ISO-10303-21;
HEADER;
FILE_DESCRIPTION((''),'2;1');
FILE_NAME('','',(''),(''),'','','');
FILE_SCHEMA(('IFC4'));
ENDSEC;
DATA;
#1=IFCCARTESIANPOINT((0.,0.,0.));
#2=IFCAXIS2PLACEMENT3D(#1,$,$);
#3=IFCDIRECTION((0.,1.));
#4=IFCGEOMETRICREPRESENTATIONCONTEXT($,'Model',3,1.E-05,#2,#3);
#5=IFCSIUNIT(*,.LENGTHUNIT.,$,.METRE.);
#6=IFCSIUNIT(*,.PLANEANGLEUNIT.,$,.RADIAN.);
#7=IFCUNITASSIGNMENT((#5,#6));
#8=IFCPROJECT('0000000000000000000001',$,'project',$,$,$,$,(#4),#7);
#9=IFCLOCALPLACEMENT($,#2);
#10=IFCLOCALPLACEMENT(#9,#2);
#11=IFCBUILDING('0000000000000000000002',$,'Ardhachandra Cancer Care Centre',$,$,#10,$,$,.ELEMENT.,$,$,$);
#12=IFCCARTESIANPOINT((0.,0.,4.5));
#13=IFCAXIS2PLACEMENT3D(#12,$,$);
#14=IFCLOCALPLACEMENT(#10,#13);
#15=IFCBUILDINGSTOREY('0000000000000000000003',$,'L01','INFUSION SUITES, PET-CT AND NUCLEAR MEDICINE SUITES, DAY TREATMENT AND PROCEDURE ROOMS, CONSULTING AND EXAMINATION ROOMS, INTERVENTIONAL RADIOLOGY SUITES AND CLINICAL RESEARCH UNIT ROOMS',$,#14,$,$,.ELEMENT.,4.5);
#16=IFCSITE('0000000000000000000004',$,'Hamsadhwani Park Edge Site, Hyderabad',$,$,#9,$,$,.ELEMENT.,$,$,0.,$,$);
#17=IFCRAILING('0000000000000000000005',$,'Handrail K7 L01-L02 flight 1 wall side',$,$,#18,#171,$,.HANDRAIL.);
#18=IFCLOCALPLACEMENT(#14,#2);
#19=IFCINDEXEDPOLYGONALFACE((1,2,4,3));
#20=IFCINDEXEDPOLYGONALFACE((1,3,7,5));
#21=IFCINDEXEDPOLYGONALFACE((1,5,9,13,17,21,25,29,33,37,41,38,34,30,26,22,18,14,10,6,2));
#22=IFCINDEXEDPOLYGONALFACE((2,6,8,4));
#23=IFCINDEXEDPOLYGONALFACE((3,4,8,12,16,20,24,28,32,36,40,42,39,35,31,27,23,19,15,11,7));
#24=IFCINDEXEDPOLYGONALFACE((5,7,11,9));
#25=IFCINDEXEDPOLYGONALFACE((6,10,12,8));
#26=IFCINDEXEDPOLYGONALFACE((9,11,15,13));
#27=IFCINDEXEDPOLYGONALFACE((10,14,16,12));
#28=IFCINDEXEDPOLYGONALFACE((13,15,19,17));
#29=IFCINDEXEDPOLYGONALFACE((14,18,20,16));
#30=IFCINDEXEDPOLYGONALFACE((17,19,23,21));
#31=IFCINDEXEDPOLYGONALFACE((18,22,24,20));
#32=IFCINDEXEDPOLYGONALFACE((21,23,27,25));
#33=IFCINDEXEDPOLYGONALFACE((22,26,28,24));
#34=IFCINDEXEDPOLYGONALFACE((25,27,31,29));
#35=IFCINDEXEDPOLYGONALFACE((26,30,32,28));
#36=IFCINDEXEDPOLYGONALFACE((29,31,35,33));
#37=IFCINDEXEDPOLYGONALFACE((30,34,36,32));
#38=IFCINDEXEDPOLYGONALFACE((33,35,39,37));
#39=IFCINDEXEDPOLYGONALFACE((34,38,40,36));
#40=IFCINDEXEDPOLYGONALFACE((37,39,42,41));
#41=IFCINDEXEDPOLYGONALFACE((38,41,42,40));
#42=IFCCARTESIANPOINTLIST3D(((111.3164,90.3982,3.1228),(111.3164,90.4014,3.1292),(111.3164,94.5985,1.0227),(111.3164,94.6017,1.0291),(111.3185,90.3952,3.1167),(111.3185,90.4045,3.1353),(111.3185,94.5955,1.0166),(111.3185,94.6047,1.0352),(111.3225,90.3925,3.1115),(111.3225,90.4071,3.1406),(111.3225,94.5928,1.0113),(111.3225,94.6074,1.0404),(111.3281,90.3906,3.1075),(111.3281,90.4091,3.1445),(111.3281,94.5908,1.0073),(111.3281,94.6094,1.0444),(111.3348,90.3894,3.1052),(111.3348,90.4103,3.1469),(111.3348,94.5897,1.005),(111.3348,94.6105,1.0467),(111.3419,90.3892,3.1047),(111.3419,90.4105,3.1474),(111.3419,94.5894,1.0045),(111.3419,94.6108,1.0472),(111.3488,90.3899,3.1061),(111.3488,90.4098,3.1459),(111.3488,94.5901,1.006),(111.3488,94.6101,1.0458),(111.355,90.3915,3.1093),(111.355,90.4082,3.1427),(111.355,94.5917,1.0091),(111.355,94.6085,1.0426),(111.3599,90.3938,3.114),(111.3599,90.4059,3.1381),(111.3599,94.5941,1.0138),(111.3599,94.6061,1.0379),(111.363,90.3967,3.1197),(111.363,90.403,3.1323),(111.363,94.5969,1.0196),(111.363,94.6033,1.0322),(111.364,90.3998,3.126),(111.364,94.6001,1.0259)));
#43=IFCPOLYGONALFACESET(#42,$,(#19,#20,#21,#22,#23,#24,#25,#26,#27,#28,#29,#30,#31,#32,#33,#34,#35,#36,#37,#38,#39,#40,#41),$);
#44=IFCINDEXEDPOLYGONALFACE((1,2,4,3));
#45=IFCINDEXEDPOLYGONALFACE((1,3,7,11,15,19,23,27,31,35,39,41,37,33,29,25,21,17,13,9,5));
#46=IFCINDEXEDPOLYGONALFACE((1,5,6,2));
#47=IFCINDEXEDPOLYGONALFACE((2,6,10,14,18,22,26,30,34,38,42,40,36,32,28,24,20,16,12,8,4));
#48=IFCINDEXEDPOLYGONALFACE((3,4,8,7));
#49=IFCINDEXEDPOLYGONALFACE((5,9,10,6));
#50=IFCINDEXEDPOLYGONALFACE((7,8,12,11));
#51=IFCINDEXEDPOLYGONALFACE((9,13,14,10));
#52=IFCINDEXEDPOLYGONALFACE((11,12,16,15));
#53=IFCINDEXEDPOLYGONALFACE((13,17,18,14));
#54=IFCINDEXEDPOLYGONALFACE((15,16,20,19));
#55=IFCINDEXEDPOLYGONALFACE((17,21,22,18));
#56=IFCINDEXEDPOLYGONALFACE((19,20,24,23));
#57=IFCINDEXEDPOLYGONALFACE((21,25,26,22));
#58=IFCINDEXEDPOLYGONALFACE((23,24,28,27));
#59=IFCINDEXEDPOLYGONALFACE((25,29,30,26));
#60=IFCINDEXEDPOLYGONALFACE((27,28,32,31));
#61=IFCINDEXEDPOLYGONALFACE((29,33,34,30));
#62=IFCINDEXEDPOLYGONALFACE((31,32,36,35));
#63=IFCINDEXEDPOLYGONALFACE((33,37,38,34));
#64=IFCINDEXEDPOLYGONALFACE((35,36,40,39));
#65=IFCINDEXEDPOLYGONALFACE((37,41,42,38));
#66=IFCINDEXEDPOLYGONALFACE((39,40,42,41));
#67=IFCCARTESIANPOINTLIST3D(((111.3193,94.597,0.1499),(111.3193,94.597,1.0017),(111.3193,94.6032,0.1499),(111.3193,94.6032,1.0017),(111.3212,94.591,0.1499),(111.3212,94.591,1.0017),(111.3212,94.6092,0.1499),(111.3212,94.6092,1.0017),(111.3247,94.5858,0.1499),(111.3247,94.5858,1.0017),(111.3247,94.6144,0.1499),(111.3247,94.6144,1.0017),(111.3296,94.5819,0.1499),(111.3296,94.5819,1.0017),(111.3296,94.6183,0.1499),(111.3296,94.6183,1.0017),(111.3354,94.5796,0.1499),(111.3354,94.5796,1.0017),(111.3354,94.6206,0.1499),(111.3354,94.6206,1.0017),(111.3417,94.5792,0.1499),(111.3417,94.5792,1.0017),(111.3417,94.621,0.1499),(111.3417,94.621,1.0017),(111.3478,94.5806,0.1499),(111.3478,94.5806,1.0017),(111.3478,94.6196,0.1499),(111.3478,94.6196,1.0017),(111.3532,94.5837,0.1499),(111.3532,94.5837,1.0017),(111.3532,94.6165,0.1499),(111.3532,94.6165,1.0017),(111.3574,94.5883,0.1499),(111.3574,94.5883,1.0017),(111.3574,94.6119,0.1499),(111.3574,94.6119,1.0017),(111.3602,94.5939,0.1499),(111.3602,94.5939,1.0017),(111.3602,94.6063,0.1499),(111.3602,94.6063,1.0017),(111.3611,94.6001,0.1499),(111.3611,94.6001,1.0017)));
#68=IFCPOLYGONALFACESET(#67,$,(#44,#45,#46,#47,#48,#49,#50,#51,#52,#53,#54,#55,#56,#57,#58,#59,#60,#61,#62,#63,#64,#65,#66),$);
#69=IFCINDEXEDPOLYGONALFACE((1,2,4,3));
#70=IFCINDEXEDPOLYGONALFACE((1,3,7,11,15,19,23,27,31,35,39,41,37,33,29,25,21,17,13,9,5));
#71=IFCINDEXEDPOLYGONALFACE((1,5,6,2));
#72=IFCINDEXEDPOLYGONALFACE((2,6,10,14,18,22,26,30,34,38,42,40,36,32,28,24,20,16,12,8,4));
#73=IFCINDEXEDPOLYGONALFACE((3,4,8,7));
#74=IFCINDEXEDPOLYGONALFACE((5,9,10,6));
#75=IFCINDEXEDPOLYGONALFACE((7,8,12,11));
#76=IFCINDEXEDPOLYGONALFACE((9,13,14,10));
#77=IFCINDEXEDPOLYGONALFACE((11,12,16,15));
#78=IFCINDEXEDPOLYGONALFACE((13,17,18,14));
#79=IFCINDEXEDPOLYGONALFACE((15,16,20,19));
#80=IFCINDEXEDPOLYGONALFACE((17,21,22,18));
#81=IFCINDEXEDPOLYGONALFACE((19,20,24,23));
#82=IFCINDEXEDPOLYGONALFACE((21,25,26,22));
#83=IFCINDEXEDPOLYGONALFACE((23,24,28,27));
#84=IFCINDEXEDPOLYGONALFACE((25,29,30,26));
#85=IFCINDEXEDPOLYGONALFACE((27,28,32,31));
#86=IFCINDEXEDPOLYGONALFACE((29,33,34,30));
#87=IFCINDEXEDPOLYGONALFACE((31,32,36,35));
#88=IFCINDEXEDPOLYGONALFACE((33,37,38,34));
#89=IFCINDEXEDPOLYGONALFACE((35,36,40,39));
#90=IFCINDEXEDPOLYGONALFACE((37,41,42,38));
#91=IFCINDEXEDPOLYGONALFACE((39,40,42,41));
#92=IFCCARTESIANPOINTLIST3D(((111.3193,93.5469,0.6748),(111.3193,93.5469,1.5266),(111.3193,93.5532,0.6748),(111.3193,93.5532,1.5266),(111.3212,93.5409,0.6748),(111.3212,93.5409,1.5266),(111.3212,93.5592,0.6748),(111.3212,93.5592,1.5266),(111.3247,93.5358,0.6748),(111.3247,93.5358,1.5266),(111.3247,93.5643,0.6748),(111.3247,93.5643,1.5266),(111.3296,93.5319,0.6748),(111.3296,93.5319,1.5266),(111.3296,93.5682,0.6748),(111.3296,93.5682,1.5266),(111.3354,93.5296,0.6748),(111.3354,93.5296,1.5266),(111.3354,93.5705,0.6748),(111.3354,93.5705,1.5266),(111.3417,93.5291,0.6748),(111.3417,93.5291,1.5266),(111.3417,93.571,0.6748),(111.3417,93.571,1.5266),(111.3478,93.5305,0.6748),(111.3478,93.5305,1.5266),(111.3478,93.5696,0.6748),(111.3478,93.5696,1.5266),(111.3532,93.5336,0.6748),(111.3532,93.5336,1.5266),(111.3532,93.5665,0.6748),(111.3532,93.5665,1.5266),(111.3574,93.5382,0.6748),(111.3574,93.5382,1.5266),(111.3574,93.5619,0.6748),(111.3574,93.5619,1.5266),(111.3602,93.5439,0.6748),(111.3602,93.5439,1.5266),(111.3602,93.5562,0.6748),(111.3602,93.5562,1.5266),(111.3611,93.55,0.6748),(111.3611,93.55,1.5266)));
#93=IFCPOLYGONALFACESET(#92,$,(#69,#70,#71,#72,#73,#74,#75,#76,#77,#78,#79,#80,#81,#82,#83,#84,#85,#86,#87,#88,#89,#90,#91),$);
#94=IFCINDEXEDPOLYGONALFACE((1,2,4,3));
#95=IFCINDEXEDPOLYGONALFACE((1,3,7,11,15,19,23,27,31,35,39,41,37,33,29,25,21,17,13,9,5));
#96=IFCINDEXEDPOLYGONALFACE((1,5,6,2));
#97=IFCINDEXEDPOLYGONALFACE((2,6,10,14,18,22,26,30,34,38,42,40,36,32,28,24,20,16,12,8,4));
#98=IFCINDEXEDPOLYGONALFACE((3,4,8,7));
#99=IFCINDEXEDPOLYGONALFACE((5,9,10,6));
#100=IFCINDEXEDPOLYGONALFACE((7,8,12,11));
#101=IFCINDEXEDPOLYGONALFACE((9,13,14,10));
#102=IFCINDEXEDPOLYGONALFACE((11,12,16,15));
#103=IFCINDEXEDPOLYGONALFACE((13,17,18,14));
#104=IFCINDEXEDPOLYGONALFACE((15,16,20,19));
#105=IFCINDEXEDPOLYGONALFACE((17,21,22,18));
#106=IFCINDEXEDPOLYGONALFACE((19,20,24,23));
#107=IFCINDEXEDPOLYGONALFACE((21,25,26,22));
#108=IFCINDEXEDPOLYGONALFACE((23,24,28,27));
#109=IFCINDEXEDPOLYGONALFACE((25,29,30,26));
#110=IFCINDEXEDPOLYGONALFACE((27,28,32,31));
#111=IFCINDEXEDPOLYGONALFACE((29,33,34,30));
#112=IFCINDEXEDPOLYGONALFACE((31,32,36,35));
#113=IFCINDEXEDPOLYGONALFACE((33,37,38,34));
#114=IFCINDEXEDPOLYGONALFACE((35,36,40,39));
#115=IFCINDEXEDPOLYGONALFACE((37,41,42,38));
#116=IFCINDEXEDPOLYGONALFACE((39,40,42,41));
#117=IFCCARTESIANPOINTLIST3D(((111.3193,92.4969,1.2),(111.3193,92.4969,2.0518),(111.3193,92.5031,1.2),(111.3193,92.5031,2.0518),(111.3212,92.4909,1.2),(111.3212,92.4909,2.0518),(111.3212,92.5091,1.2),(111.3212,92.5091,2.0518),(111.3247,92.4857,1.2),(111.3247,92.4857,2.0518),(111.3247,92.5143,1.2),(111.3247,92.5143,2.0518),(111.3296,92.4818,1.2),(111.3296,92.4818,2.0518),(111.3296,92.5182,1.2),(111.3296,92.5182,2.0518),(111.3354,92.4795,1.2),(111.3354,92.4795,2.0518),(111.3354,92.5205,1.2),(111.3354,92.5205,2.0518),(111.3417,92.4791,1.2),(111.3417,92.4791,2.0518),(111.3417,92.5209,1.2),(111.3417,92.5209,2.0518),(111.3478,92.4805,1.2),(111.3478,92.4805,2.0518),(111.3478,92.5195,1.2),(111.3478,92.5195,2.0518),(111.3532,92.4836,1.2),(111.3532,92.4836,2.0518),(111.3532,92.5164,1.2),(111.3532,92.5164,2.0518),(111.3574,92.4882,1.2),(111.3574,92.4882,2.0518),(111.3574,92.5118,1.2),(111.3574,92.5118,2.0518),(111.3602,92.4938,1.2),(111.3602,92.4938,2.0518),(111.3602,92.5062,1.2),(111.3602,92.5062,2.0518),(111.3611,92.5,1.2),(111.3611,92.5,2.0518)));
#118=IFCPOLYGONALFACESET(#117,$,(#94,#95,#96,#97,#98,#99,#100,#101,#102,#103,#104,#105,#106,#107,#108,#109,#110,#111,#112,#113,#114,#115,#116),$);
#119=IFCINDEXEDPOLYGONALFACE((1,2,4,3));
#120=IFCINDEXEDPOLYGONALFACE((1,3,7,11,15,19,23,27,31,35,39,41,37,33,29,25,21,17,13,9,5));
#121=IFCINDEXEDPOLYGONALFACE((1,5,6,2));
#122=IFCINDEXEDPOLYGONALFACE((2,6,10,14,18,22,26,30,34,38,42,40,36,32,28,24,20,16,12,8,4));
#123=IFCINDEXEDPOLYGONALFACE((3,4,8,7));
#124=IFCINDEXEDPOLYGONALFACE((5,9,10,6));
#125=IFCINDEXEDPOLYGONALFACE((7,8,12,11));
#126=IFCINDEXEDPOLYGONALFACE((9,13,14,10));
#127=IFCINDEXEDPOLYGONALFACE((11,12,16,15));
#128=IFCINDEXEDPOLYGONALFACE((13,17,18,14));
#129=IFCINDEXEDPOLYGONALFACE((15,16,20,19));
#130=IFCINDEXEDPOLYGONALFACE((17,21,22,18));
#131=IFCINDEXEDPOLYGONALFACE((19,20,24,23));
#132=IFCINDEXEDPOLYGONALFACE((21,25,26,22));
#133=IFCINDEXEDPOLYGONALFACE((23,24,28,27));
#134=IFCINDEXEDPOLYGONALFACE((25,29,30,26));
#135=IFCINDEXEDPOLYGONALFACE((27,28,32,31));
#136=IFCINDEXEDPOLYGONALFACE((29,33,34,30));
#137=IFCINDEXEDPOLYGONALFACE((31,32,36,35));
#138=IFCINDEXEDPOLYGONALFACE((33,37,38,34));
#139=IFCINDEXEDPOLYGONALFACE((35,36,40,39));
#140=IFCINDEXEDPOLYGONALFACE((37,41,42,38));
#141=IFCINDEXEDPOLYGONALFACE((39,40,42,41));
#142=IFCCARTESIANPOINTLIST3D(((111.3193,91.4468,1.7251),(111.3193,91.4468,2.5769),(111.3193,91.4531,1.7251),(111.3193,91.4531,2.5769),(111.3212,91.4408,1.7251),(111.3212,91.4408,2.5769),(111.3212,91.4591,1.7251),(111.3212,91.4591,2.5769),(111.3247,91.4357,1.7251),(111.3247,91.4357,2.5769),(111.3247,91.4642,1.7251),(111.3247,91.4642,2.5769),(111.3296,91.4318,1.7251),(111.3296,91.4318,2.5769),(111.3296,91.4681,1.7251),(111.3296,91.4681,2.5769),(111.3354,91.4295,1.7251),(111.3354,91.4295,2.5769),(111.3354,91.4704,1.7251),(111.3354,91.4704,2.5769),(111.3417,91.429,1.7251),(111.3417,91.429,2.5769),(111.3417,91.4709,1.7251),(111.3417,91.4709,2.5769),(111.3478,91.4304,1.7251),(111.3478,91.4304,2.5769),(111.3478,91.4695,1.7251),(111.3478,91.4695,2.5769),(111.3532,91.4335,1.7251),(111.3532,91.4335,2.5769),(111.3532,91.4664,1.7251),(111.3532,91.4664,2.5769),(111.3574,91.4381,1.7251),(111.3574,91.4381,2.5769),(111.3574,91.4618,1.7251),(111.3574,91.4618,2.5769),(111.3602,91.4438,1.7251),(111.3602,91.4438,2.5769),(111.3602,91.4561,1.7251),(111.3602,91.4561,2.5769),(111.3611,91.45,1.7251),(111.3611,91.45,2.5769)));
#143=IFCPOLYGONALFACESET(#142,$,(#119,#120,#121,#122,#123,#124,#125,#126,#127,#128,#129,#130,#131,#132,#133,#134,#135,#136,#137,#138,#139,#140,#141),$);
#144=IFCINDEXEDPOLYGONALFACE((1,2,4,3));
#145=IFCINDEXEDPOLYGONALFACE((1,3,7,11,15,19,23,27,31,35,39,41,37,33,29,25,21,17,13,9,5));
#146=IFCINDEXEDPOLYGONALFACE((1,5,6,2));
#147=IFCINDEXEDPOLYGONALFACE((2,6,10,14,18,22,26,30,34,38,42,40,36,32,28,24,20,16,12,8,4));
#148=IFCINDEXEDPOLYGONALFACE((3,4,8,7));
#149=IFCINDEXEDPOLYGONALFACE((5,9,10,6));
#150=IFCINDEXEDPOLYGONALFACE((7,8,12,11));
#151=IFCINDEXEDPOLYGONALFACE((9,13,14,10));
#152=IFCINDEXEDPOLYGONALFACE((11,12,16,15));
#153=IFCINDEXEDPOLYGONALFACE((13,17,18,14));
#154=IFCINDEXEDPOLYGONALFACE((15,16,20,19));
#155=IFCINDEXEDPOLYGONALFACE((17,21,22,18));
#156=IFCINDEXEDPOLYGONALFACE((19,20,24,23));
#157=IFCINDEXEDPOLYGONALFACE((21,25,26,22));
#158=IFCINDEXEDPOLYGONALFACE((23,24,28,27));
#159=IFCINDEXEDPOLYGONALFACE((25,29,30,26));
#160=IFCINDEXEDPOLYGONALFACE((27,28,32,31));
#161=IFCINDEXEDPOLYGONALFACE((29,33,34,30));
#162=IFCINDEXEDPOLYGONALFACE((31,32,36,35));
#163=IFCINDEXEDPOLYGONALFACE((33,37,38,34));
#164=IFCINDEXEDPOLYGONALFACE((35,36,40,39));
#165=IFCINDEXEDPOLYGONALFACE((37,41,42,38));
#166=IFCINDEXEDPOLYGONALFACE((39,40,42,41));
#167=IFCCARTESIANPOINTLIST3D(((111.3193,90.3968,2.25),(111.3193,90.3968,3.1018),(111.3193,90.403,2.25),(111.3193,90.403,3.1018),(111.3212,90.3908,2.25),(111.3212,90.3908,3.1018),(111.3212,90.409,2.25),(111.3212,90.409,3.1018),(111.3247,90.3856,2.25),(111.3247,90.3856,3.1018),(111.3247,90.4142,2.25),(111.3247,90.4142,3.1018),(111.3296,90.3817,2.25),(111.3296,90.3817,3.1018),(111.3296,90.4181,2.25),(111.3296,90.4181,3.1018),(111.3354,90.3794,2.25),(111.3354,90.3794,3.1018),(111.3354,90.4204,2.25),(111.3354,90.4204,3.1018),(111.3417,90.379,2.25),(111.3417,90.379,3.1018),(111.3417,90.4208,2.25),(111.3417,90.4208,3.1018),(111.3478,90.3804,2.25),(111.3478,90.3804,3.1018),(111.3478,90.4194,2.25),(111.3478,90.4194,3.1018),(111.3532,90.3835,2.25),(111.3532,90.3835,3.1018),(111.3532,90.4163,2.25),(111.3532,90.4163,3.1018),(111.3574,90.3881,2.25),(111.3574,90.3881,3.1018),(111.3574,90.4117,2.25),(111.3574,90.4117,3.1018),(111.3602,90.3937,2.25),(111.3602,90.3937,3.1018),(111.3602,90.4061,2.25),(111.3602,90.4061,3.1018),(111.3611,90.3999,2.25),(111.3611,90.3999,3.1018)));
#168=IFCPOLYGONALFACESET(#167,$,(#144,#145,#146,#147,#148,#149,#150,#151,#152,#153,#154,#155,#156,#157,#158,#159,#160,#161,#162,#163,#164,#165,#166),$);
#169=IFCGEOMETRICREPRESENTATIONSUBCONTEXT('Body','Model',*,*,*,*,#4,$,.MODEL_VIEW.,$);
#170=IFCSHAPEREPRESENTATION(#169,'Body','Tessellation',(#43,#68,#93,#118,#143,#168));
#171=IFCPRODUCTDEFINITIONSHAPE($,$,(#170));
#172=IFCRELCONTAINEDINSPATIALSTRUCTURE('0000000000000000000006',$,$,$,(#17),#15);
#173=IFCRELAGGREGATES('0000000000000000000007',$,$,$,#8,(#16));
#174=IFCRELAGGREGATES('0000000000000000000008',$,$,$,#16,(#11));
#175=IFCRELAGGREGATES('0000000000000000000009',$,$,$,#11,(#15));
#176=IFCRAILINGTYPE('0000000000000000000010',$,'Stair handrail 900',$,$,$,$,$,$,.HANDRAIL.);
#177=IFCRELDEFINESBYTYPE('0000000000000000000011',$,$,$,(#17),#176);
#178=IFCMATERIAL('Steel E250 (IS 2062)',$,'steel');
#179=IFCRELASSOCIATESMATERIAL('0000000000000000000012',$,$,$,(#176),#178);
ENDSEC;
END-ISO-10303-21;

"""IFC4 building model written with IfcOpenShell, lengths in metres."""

from ifc_helpers import new_model, si_unit, direction, frame, origin, origin_2d, place, context, subcontext, project, spatial, circle, extrude, material, type_object, element, save


model = new_model("IFC4")

# Units and contexts
model_context = context("Model", 3, precision=1e-05, world=origin(), true_north=direction((0.0, 1.0)))
body_context = subcontext(model_context, "Body", "Model", "MODEL_VIEW")
ifc_project = project(units=[si_unit("LENGTHUNIT", "METRE"), si_unit("PLANEANGLEUNIT", "RADIAN")], contexts=[model_context])

# Site, building, storey
site_placement = place(None, origin())
site = spatial("IfcSite", under=ifc_project, at=site_placement, Name="Hamsadhwani Park Edge Site, Hyderabad", CompositionType="ELEMENT", RefElevation=0.0)
building_placement = place(site_placement, origin())
building = spatial("IfcBuilding", under=site, at=building_placement, Name="Ardhachandra Cancer Care Centre", CompositionType="ELEMENT")
storey_placement = place(building_placement, frame((0.0, 0.0, 4.5)))
storey = spatial("IfcBuildingStorey", under=building, at=storey_placement, Name="L01", Description="INFUSION SUITES, PET-CT AND NUCLEAR MEDICINE SUITES, DAY TREATMENT AND PROCEDURE ROOMS, CONSULTING AND EXAMINATION ROOMS, INTERVENTIONAL RADIOLOGY SUITES AND CLINICAL RESEARCH UNIT ROOMS", CompositionType="ELEMENT", Elevation=4.5)

# Railing
ifc_material_1 = material(Name="Steel E250 (IS 2062)", Category="steel")
railing_type_1 = type_object("IfcRailingType", Name="Stair handrail 900", PredefinedType="HANDRAIL", material=ifc_material_1)
for number, where, name in (
    (1, (111.3401, 94.6001, 0.1499), "Handrail K7 L01-L02 flight 1 wall side"),
):
    element("IfcRailing", number, at=place(storey_placement, frame(where)), inside=storey, type_object=railing_type_1, Name=name, PredefinedType="HANDRAIL", context=body_context, shape_type="SweptSolid", body=[
        extrude(circle(Radius=0.0239, at=origin_2d()), frame((0.0, 0.0, 0.876), z_axis=(0.0, -0.894427, 0.447214), x_axis=(1.0, 0.0, 0.0)), (0.0, 0.0, 1.0), 4.696),
        extrude(circle(Radius=0.021, at=origin_2d()), origin(), (0.0, 0.0, 1.0), 0.8518),
        extrude(circle(Radius=0.021, at=origin_2d()), frame((0.0, -1.05, 0.5249)), (0.0, 0.0, 1.0), 0.8518),
        extrude(circle(Radius=0.021, at=origin_2d()), frame((0.0, -2.1001, 1.05)), (0.0, 0.0, 1.0), 0.8518),
        extrude(circle(Radius=0.021, at=origin_2d()), frame((0.0, -3.1501, 1.5752)), (0.0, 0.0, 1.0), 0.8518),
        extrude(circle(Radius=0.021, at=origin_2d()), frame((0.0, -4.2002, 2.1001)), (0.0, 0.0, 1.0), 0.8518),
    ])

save(model, "model.ifc")
